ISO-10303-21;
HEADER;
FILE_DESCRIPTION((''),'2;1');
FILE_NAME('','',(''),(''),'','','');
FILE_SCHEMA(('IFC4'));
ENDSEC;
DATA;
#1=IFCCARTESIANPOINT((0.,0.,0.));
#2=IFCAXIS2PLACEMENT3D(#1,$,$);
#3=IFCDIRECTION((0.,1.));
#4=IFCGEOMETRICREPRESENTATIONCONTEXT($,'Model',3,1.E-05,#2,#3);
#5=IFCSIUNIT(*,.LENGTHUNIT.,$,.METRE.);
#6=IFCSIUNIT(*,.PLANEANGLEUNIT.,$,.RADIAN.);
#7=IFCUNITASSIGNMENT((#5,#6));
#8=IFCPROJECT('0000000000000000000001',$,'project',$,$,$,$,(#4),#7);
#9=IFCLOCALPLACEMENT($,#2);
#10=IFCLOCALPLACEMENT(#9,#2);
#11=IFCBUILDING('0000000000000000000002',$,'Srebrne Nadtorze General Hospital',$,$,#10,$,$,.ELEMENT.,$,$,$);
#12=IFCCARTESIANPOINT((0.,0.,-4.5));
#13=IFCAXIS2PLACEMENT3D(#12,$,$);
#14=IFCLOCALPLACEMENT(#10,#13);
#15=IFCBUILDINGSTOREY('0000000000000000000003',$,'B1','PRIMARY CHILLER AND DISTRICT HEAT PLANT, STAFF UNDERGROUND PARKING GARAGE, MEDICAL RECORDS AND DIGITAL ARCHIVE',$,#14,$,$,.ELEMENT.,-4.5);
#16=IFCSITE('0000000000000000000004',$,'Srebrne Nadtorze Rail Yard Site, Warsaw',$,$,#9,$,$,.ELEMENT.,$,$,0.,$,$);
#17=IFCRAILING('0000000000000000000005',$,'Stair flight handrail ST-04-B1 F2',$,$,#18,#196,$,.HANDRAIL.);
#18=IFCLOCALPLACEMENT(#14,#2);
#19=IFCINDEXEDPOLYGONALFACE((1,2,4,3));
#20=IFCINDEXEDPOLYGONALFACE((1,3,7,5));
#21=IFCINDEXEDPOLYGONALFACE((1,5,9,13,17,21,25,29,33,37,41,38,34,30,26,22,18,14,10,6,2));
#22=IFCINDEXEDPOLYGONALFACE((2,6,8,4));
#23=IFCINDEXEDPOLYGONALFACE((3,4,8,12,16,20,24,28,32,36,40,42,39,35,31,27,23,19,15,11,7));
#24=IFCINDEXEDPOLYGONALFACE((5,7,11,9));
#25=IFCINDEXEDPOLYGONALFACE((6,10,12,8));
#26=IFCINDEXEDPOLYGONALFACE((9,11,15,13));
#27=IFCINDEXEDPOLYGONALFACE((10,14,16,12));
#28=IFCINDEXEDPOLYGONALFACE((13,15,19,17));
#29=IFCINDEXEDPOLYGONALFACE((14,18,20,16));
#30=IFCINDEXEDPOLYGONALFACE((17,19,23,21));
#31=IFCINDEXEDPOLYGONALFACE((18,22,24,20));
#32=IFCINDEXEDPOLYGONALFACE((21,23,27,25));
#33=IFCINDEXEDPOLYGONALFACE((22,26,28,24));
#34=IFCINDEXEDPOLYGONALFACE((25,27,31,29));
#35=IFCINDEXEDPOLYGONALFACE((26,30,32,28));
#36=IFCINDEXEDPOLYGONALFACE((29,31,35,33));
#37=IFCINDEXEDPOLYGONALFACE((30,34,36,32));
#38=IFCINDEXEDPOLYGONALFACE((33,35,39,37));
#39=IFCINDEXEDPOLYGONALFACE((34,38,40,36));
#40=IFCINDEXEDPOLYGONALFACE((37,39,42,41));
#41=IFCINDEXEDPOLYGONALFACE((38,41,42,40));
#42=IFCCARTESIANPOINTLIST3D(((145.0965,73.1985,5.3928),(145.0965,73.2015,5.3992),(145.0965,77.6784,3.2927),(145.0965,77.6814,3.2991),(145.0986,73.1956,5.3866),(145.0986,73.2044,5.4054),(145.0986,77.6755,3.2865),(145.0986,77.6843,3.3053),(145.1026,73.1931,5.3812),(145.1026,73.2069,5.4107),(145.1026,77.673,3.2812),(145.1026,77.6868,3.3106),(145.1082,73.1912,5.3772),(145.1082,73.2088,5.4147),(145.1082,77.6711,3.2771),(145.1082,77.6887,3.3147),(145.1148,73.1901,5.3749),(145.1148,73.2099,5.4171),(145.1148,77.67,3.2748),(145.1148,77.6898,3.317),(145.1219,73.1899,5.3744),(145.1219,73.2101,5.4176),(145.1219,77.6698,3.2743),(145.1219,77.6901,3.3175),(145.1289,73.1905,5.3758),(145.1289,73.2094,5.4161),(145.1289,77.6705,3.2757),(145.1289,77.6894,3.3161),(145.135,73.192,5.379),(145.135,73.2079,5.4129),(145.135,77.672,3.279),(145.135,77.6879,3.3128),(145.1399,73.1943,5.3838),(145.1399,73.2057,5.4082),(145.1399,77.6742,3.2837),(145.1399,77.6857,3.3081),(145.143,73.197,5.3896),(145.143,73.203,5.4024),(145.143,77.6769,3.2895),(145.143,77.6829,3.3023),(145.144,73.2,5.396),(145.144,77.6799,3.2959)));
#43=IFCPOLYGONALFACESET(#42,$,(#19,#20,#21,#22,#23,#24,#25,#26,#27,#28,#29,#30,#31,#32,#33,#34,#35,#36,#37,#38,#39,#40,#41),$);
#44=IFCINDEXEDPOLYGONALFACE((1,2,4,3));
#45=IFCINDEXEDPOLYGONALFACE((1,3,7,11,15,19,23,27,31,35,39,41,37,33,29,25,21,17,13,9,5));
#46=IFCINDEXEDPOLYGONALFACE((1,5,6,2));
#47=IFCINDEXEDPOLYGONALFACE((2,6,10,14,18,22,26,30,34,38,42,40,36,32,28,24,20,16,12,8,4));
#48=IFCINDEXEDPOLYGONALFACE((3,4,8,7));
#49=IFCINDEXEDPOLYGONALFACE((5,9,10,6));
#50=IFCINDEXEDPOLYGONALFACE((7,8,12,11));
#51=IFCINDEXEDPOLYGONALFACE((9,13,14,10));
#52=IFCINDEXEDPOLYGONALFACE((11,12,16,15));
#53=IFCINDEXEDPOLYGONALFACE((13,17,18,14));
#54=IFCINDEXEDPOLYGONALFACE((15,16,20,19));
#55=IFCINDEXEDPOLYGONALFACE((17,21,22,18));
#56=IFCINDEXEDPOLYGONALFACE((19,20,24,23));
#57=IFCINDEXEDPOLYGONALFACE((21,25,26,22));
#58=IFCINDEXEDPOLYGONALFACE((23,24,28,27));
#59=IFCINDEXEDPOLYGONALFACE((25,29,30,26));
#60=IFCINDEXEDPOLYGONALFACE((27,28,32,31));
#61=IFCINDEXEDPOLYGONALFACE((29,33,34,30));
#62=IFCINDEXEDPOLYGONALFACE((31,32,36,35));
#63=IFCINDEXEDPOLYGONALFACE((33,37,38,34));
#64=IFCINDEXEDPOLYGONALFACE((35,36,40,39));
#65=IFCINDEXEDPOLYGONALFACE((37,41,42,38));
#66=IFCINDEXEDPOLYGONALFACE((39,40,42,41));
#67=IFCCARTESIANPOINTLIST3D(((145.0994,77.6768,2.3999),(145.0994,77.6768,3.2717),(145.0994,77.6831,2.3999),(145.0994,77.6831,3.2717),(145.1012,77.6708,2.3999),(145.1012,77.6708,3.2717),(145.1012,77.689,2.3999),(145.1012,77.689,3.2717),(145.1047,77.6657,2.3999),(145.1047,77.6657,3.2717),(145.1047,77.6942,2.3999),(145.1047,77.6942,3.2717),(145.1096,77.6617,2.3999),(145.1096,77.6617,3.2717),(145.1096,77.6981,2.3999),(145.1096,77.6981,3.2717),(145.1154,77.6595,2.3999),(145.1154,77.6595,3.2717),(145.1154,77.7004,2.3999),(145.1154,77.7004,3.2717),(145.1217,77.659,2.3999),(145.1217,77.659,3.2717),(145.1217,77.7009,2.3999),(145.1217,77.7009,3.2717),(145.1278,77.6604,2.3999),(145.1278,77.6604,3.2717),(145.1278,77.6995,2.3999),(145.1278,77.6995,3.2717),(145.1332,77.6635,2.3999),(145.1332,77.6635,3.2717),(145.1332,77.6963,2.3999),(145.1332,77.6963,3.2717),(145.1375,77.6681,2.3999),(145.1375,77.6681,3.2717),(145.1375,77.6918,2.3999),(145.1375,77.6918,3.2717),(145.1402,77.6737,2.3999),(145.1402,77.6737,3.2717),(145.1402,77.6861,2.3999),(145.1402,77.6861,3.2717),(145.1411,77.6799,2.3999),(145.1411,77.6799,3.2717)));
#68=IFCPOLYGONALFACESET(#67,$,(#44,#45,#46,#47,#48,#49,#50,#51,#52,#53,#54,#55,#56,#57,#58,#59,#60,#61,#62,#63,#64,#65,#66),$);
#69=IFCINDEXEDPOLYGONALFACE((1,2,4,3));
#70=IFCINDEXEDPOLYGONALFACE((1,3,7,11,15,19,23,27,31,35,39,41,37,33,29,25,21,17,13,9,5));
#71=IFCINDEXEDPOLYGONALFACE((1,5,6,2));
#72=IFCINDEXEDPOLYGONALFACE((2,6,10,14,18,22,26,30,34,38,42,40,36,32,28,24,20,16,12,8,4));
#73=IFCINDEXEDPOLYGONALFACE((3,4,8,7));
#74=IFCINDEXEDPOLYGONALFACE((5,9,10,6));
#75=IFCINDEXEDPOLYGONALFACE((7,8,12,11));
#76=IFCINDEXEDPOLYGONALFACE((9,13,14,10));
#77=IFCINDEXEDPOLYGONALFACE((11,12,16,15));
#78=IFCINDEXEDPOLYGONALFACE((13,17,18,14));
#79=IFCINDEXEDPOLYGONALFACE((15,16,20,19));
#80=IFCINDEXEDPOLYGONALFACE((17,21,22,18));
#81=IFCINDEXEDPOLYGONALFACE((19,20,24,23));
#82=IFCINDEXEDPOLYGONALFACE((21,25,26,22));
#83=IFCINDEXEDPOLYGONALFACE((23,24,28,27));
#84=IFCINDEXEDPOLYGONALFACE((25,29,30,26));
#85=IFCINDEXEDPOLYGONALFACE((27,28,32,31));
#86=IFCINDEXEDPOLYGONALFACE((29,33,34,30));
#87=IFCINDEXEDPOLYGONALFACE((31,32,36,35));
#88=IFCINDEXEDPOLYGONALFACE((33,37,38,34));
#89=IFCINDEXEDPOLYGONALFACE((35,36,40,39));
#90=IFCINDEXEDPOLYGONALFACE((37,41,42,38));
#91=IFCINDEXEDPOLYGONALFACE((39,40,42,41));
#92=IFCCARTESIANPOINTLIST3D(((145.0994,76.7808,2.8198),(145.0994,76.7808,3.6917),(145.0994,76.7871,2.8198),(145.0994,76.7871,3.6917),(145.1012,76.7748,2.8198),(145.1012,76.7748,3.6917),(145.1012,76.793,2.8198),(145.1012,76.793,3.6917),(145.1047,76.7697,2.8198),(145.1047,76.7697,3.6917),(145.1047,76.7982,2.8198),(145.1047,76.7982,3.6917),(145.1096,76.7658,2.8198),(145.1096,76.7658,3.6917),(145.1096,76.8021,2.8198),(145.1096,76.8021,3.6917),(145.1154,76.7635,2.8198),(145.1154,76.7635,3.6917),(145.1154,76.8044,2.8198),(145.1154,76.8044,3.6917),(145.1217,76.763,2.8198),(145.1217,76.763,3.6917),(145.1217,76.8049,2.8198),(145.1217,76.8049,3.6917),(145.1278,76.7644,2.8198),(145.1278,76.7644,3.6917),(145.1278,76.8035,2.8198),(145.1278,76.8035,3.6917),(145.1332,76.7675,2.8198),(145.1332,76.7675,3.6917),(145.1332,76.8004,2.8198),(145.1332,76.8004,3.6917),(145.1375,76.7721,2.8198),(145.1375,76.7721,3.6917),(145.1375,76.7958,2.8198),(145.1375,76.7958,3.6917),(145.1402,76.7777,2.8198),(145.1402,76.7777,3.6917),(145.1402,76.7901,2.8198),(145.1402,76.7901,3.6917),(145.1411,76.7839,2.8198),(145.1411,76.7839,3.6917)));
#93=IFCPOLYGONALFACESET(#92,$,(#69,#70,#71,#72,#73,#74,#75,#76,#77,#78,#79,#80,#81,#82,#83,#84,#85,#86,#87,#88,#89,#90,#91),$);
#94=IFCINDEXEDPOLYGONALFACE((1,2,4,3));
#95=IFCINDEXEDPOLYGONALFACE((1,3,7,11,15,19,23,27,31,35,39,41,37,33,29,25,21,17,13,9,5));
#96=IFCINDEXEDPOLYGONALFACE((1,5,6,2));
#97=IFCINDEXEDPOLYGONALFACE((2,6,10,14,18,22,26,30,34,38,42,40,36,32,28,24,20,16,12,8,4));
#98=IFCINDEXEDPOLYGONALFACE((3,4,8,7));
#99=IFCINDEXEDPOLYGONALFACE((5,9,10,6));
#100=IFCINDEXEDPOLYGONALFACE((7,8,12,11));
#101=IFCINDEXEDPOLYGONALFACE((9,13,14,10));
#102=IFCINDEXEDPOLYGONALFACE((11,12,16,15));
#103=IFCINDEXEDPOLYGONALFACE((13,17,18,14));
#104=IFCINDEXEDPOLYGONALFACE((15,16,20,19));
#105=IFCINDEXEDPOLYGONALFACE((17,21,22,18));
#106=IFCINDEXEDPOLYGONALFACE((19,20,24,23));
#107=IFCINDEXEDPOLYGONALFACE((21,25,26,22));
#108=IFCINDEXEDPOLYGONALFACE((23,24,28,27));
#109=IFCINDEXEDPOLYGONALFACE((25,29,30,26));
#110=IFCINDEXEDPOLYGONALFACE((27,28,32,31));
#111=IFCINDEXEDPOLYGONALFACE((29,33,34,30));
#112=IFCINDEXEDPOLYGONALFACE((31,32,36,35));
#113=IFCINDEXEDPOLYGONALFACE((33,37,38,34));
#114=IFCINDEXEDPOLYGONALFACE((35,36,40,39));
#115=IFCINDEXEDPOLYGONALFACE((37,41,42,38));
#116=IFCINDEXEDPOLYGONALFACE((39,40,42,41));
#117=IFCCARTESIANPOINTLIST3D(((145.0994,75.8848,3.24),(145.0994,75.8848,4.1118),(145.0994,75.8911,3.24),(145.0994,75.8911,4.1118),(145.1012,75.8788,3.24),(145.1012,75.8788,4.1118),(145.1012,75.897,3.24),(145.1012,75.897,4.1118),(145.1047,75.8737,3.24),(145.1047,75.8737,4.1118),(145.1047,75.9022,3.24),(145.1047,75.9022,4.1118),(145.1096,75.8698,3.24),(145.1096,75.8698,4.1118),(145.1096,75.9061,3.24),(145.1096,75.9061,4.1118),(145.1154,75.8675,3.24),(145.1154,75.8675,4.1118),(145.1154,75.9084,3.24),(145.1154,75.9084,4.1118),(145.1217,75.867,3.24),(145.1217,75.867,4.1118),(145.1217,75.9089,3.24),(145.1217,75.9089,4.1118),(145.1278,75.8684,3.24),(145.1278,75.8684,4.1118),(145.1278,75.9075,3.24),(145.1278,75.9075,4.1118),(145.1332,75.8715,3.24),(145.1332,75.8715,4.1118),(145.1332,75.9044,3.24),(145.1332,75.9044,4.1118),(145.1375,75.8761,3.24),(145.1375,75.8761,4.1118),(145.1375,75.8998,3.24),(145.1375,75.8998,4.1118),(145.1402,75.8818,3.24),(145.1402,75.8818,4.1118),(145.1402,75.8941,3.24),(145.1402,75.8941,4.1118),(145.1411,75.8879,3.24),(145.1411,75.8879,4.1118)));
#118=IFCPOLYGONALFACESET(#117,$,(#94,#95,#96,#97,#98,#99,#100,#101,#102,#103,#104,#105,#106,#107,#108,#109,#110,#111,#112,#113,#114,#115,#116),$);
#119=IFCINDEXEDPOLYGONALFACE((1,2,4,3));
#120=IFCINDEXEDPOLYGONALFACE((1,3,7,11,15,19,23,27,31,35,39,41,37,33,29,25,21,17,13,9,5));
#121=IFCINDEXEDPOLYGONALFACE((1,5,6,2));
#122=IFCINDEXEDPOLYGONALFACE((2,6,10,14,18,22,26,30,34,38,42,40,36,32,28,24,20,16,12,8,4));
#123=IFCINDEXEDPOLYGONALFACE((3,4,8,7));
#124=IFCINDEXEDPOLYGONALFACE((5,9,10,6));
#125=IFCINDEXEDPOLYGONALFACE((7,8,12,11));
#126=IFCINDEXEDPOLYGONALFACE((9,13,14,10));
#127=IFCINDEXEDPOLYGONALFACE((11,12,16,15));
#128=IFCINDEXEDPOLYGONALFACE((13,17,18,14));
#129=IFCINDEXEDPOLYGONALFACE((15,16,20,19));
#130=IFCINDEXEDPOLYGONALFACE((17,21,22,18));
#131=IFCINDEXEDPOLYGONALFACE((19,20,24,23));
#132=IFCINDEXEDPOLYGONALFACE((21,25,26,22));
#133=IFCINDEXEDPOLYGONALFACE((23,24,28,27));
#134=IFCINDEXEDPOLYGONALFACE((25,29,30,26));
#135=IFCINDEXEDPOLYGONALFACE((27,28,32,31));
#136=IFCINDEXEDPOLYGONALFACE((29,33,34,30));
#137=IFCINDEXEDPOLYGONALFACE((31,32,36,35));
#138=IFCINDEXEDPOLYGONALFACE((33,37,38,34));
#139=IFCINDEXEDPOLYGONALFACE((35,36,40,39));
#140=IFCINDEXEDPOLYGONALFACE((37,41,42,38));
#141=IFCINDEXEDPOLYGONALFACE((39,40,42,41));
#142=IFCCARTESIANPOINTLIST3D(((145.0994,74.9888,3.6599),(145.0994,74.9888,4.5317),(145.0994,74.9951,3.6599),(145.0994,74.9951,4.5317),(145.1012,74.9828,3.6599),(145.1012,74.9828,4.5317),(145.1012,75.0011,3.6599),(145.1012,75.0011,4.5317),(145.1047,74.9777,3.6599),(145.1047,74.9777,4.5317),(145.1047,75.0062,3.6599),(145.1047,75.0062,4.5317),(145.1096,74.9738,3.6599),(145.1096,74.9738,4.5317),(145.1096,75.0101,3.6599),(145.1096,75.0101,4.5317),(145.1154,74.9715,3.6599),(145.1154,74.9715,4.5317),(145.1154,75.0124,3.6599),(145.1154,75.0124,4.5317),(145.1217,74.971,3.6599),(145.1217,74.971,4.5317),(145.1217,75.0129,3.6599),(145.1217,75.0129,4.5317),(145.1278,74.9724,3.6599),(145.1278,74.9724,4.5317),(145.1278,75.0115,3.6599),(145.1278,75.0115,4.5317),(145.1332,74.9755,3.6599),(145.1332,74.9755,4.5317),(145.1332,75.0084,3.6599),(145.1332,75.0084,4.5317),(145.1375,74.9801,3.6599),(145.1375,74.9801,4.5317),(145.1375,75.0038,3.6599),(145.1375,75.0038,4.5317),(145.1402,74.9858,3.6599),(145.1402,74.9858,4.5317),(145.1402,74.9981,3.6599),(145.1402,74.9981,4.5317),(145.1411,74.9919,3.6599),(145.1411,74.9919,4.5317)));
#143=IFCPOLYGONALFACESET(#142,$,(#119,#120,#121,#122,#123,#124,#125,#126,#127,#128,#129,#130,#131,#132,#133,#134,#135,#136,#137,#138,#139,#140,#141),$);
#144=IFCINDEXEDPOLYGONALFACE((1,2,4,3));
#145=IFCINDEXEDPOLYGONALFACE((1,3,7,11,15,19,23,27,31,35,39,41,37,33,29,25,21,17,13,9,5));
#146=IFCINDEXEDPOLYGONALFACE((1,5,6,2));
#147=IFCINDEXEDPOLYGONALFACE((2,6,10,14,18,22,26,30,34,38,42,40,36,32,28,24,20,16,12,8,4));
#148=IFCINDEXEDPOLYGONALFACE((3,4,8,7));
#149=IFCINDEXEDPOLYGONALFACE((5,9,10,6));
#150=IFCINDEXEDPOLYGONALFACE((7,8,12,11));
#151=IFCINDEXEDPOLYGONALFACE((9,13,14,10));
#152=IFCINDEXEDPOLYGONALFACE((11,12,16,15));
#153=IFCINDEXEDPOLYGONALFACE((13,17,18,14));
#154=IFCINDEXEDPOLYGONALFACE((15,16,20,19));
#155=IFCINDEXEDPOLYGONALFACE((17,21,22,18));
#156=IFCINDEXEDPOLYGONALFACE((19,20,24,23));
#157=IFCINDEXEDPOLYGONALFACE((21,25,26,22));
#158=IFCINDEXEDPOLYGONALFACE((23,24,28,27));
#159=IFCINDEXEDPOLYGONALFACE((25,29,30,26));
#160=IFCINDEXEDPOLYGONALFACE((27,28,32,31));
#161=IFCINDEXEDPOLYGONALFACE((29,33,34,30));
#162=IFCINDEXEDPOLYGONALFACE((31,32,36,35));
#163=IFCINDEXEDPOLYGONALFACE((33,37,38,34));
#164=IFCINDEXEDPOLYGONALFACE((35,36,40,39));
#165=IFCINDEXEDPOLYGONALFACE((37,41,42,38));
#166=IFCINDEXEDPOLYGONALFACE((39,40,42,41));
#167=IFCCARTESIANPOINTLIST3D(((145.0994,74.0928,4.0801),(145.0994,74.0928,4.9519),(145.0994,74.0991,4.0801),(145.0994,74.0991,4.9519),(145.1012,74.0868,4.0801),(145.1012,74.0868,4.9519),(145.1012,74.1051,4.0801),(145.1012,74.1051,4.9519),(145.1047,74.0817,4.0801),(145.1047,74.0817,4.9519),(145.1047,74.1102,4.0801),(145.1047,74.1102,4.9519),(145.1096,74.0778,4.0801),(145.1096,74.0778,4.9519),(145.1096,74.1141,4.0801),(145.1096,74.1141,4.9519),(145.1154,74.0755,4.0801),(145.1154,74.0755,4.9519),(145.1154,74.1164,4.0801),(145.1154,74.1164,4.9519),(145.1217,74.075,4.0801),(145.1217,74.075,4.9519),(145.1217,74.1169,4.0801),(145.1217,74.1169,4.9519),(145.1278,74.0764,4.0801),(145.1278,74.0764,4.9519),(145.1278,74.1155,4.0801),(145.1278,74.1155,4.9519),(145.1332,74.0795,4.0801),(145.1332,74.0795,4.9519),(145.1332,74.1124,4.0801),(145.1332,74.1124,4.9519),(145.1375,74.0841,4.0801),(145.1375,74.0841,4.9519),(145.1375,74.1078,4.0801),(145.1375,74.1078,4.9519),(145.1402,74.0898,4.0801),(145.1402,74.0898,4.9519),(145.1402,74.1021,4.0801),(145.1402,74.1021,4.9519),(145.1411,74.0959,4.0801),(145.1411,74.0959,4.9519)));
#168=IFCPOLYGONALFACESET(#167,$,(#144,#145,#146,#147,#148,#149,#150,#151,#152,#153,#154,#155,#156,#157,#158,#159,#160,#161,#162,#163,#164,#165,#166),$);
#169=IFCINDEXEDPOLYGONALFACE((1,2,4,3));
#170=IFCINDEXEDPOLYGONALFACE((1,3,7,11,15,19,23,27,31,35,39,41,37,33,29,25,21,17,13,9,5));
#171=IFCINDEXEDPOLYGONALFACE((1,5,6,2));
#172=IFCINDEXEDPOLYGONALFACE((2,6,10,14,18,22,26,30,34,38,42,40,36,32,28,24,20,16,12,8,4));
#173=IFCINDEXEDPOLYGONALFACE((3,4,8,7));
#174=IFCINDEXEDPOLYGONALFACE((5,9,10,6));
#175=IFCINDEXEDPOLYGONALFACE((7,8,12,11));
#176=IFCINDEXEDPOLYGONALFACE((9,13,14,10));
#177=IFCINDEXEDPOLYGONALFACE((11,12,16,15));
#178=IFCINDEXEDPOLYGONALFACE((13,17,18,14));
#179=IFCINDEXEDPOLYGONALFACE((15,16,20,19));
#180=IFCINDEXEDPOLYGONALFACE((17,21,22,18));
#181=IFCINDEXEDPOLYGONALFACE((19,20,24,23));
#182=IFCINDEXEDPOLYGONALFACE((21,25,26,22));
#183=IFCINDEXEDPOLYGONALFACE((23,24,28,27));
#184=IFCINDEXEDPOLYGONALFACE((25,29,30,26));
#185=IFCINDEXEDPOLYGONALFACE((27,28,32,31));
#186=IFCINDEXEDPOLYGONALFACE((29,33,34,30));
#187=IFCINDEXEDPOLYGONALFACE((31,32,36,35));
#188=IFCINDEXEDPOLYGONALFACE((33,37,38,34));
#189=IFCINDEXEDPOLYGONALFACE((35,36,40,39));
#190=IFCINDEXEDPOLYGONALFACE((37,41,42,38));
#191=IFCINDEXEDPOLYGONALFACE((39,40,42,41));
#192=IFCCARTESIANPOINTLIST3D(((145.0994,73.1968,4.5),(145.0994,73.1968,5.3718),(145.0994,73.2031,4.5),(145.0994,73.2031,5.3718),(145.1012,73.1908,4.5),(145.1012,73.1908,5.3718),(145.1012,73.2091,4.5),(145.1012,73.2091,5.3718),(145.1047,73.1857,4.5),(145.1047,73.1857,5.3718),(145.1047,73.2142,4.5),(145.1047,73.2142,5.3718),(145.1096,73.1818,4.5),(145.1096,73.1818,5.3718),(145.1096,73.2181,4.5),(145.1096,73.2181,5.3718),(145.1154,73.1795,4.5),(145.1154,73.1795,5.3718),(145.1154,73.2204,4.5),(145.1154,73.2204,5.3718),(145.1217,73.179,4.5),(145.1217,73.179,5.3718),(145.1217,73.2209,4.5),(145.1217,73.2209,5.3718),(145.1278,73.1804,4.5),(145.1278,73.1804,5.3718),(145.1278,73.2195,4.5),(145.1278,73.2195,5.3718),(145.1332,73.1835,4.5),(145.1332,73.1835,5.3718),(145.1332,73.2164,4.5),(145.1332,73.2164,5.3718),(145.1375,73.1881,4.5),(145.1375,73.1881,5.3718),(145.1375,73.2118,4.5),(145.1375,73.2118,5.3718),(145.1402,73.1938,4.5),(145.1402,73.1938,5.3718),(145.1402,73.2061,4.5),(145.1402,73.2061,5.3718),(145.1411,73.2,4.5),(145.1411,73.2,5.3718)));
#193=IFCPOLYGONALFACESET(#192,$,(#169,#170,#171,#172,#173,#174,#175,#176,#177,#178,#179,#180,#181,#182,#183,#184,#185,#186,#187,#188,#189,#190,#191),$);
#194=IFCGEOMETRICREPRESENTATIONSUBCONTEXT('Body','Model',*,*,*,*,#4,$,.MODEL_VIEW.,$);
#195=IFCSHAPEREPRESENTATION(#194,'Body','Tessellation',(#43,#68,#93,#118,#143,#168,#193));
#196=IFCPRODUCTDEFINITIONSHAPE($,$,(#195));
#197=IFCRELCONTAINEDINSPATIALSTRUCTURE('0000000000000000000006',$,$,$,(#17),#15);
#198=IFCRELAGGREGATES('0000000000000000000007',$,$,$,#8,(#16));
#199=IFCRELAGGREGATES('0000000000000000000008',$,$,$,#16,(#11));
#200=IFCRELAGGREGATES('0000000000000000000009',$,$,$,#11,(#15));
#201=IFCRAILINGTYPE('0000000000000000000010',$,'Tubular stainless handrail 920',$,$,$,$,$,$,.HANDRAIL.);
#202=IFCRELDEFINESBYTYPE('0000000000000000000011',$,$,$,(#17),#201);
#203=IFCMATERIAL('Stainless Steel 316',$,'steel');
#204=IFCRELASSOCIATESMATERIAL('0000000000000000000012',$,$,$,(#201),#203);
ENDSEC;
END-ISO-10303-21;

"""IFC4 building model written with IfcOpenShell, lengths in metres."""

from ifc_helpers import new_model, si_unit, direction, frame, origin, origin_2d, place, context, subcontext, project, spatial, circle, extrude, material, type_object, element, save


model = new_model("IFC4")

# Units and contexts
model_context = context("Model", 3, precision=1e-05, world=origin(), true_north=direction((0.0, 1.0)))
body_context = subcontext(model_context, "Body", "Model", "MODEL_VIEW")
ifc_project = project(units=[si_unit("LENGTHUNIT", "METRE"), si_unit("PLANEANGLEUNIT", "RADIAN")], contexts=[model_context])

# Site, building, storey
site_placement = place(None, origin())
site = spatial("IfcSite", under=ifc_project, at=site_placement, Name="Srebrne Nadtorze Rail Yard Site, Warsaw", CompositionType="ELEMENT", RefElevation=0.0)
building_placement = place(site_placement, origin())
building = spatial("IfcBuilding", under=site, at=building_placement, Name="Srebrne Nadtorze General Hospital", CompositionType="ELEMENT")
storey_placement = place(building_placement, frame((0.0, 0.0, -4.5)))
storey = spatial("IfcBuildingStorey", under=building, at=storey_placement, Name="B1", Description="PRIMARY CHILLER AND DISTRICT HEAT PLANT, STAFF UNDERGROUND PARKING GARAGE, MEDICAL RECORDS AND DIGITAL ARCHIVE", CompositionType="ELEMENT", Elevation=-4.5)

# Railing
ifc_material_1 = material(Name="Stainless Steel 316", Category="steel")
railing_type_1 = type_object("IfcRailingType", Name="Tubular stainless handrail 920", PredefinedType="HANDRAIL", material=ifc_material_1)
railing_1_placement = place(storey_placement, frame((145.1201, 77.6799, 2.3999)))
element("IfcRailing", 1, at=railing_1_placement, inside=storey, type_object=railing_type_1, Name="Stair flight handrail ST-04-B1 F2", PredefinedType="HANDRAIL", context=body_context, shape_type="SweptSolid", body=[
    extrude(circle(Radius=0.0239, at=origin_2d()), frame((0.0, 0.0, 0.896), z_axis=(0.0, -0.905451, 0.424452), x_axis=(1.0, 0.0, 0.0)), (0.0, 0.0, 1.0), 4.9478),
    extrude(circle(Radius=0.021, at=origin_2d()), origin(), (0.0, 0.0, 1.0), 0.8718),
    extrude(circle(Radius=0.021, at=origin_2d()), frame((0.0, -0.896, 0.4199)), (0.0, 0.0, 1.0), 0.8718),
    extrude(circle(Radius=0.021, at=origin_2d()), frame((0.0, -1.792, 0.8401)), (0.0, 0.0, 1.0), 0.8718),
    extrude(circle(Radius=0.021, at=origin_2d()), frame((0.0, -2.688, 1.26)), (0.0, 0.0, 1.0), 0.8718),
    extrude(circle(Radius=0.021, at=origin_2d()), frame((0.0, -3.584, 1.6802)), (0.0, 0.0, 1.0), 0.8718),
    extrude(circle(Radius=0.021, at=origin_2d()), frame((0.0, -4.48, 2.1001)), (0.0, 0.0, 1.0), 0.8718),
])

save(model, "model.ifc")
